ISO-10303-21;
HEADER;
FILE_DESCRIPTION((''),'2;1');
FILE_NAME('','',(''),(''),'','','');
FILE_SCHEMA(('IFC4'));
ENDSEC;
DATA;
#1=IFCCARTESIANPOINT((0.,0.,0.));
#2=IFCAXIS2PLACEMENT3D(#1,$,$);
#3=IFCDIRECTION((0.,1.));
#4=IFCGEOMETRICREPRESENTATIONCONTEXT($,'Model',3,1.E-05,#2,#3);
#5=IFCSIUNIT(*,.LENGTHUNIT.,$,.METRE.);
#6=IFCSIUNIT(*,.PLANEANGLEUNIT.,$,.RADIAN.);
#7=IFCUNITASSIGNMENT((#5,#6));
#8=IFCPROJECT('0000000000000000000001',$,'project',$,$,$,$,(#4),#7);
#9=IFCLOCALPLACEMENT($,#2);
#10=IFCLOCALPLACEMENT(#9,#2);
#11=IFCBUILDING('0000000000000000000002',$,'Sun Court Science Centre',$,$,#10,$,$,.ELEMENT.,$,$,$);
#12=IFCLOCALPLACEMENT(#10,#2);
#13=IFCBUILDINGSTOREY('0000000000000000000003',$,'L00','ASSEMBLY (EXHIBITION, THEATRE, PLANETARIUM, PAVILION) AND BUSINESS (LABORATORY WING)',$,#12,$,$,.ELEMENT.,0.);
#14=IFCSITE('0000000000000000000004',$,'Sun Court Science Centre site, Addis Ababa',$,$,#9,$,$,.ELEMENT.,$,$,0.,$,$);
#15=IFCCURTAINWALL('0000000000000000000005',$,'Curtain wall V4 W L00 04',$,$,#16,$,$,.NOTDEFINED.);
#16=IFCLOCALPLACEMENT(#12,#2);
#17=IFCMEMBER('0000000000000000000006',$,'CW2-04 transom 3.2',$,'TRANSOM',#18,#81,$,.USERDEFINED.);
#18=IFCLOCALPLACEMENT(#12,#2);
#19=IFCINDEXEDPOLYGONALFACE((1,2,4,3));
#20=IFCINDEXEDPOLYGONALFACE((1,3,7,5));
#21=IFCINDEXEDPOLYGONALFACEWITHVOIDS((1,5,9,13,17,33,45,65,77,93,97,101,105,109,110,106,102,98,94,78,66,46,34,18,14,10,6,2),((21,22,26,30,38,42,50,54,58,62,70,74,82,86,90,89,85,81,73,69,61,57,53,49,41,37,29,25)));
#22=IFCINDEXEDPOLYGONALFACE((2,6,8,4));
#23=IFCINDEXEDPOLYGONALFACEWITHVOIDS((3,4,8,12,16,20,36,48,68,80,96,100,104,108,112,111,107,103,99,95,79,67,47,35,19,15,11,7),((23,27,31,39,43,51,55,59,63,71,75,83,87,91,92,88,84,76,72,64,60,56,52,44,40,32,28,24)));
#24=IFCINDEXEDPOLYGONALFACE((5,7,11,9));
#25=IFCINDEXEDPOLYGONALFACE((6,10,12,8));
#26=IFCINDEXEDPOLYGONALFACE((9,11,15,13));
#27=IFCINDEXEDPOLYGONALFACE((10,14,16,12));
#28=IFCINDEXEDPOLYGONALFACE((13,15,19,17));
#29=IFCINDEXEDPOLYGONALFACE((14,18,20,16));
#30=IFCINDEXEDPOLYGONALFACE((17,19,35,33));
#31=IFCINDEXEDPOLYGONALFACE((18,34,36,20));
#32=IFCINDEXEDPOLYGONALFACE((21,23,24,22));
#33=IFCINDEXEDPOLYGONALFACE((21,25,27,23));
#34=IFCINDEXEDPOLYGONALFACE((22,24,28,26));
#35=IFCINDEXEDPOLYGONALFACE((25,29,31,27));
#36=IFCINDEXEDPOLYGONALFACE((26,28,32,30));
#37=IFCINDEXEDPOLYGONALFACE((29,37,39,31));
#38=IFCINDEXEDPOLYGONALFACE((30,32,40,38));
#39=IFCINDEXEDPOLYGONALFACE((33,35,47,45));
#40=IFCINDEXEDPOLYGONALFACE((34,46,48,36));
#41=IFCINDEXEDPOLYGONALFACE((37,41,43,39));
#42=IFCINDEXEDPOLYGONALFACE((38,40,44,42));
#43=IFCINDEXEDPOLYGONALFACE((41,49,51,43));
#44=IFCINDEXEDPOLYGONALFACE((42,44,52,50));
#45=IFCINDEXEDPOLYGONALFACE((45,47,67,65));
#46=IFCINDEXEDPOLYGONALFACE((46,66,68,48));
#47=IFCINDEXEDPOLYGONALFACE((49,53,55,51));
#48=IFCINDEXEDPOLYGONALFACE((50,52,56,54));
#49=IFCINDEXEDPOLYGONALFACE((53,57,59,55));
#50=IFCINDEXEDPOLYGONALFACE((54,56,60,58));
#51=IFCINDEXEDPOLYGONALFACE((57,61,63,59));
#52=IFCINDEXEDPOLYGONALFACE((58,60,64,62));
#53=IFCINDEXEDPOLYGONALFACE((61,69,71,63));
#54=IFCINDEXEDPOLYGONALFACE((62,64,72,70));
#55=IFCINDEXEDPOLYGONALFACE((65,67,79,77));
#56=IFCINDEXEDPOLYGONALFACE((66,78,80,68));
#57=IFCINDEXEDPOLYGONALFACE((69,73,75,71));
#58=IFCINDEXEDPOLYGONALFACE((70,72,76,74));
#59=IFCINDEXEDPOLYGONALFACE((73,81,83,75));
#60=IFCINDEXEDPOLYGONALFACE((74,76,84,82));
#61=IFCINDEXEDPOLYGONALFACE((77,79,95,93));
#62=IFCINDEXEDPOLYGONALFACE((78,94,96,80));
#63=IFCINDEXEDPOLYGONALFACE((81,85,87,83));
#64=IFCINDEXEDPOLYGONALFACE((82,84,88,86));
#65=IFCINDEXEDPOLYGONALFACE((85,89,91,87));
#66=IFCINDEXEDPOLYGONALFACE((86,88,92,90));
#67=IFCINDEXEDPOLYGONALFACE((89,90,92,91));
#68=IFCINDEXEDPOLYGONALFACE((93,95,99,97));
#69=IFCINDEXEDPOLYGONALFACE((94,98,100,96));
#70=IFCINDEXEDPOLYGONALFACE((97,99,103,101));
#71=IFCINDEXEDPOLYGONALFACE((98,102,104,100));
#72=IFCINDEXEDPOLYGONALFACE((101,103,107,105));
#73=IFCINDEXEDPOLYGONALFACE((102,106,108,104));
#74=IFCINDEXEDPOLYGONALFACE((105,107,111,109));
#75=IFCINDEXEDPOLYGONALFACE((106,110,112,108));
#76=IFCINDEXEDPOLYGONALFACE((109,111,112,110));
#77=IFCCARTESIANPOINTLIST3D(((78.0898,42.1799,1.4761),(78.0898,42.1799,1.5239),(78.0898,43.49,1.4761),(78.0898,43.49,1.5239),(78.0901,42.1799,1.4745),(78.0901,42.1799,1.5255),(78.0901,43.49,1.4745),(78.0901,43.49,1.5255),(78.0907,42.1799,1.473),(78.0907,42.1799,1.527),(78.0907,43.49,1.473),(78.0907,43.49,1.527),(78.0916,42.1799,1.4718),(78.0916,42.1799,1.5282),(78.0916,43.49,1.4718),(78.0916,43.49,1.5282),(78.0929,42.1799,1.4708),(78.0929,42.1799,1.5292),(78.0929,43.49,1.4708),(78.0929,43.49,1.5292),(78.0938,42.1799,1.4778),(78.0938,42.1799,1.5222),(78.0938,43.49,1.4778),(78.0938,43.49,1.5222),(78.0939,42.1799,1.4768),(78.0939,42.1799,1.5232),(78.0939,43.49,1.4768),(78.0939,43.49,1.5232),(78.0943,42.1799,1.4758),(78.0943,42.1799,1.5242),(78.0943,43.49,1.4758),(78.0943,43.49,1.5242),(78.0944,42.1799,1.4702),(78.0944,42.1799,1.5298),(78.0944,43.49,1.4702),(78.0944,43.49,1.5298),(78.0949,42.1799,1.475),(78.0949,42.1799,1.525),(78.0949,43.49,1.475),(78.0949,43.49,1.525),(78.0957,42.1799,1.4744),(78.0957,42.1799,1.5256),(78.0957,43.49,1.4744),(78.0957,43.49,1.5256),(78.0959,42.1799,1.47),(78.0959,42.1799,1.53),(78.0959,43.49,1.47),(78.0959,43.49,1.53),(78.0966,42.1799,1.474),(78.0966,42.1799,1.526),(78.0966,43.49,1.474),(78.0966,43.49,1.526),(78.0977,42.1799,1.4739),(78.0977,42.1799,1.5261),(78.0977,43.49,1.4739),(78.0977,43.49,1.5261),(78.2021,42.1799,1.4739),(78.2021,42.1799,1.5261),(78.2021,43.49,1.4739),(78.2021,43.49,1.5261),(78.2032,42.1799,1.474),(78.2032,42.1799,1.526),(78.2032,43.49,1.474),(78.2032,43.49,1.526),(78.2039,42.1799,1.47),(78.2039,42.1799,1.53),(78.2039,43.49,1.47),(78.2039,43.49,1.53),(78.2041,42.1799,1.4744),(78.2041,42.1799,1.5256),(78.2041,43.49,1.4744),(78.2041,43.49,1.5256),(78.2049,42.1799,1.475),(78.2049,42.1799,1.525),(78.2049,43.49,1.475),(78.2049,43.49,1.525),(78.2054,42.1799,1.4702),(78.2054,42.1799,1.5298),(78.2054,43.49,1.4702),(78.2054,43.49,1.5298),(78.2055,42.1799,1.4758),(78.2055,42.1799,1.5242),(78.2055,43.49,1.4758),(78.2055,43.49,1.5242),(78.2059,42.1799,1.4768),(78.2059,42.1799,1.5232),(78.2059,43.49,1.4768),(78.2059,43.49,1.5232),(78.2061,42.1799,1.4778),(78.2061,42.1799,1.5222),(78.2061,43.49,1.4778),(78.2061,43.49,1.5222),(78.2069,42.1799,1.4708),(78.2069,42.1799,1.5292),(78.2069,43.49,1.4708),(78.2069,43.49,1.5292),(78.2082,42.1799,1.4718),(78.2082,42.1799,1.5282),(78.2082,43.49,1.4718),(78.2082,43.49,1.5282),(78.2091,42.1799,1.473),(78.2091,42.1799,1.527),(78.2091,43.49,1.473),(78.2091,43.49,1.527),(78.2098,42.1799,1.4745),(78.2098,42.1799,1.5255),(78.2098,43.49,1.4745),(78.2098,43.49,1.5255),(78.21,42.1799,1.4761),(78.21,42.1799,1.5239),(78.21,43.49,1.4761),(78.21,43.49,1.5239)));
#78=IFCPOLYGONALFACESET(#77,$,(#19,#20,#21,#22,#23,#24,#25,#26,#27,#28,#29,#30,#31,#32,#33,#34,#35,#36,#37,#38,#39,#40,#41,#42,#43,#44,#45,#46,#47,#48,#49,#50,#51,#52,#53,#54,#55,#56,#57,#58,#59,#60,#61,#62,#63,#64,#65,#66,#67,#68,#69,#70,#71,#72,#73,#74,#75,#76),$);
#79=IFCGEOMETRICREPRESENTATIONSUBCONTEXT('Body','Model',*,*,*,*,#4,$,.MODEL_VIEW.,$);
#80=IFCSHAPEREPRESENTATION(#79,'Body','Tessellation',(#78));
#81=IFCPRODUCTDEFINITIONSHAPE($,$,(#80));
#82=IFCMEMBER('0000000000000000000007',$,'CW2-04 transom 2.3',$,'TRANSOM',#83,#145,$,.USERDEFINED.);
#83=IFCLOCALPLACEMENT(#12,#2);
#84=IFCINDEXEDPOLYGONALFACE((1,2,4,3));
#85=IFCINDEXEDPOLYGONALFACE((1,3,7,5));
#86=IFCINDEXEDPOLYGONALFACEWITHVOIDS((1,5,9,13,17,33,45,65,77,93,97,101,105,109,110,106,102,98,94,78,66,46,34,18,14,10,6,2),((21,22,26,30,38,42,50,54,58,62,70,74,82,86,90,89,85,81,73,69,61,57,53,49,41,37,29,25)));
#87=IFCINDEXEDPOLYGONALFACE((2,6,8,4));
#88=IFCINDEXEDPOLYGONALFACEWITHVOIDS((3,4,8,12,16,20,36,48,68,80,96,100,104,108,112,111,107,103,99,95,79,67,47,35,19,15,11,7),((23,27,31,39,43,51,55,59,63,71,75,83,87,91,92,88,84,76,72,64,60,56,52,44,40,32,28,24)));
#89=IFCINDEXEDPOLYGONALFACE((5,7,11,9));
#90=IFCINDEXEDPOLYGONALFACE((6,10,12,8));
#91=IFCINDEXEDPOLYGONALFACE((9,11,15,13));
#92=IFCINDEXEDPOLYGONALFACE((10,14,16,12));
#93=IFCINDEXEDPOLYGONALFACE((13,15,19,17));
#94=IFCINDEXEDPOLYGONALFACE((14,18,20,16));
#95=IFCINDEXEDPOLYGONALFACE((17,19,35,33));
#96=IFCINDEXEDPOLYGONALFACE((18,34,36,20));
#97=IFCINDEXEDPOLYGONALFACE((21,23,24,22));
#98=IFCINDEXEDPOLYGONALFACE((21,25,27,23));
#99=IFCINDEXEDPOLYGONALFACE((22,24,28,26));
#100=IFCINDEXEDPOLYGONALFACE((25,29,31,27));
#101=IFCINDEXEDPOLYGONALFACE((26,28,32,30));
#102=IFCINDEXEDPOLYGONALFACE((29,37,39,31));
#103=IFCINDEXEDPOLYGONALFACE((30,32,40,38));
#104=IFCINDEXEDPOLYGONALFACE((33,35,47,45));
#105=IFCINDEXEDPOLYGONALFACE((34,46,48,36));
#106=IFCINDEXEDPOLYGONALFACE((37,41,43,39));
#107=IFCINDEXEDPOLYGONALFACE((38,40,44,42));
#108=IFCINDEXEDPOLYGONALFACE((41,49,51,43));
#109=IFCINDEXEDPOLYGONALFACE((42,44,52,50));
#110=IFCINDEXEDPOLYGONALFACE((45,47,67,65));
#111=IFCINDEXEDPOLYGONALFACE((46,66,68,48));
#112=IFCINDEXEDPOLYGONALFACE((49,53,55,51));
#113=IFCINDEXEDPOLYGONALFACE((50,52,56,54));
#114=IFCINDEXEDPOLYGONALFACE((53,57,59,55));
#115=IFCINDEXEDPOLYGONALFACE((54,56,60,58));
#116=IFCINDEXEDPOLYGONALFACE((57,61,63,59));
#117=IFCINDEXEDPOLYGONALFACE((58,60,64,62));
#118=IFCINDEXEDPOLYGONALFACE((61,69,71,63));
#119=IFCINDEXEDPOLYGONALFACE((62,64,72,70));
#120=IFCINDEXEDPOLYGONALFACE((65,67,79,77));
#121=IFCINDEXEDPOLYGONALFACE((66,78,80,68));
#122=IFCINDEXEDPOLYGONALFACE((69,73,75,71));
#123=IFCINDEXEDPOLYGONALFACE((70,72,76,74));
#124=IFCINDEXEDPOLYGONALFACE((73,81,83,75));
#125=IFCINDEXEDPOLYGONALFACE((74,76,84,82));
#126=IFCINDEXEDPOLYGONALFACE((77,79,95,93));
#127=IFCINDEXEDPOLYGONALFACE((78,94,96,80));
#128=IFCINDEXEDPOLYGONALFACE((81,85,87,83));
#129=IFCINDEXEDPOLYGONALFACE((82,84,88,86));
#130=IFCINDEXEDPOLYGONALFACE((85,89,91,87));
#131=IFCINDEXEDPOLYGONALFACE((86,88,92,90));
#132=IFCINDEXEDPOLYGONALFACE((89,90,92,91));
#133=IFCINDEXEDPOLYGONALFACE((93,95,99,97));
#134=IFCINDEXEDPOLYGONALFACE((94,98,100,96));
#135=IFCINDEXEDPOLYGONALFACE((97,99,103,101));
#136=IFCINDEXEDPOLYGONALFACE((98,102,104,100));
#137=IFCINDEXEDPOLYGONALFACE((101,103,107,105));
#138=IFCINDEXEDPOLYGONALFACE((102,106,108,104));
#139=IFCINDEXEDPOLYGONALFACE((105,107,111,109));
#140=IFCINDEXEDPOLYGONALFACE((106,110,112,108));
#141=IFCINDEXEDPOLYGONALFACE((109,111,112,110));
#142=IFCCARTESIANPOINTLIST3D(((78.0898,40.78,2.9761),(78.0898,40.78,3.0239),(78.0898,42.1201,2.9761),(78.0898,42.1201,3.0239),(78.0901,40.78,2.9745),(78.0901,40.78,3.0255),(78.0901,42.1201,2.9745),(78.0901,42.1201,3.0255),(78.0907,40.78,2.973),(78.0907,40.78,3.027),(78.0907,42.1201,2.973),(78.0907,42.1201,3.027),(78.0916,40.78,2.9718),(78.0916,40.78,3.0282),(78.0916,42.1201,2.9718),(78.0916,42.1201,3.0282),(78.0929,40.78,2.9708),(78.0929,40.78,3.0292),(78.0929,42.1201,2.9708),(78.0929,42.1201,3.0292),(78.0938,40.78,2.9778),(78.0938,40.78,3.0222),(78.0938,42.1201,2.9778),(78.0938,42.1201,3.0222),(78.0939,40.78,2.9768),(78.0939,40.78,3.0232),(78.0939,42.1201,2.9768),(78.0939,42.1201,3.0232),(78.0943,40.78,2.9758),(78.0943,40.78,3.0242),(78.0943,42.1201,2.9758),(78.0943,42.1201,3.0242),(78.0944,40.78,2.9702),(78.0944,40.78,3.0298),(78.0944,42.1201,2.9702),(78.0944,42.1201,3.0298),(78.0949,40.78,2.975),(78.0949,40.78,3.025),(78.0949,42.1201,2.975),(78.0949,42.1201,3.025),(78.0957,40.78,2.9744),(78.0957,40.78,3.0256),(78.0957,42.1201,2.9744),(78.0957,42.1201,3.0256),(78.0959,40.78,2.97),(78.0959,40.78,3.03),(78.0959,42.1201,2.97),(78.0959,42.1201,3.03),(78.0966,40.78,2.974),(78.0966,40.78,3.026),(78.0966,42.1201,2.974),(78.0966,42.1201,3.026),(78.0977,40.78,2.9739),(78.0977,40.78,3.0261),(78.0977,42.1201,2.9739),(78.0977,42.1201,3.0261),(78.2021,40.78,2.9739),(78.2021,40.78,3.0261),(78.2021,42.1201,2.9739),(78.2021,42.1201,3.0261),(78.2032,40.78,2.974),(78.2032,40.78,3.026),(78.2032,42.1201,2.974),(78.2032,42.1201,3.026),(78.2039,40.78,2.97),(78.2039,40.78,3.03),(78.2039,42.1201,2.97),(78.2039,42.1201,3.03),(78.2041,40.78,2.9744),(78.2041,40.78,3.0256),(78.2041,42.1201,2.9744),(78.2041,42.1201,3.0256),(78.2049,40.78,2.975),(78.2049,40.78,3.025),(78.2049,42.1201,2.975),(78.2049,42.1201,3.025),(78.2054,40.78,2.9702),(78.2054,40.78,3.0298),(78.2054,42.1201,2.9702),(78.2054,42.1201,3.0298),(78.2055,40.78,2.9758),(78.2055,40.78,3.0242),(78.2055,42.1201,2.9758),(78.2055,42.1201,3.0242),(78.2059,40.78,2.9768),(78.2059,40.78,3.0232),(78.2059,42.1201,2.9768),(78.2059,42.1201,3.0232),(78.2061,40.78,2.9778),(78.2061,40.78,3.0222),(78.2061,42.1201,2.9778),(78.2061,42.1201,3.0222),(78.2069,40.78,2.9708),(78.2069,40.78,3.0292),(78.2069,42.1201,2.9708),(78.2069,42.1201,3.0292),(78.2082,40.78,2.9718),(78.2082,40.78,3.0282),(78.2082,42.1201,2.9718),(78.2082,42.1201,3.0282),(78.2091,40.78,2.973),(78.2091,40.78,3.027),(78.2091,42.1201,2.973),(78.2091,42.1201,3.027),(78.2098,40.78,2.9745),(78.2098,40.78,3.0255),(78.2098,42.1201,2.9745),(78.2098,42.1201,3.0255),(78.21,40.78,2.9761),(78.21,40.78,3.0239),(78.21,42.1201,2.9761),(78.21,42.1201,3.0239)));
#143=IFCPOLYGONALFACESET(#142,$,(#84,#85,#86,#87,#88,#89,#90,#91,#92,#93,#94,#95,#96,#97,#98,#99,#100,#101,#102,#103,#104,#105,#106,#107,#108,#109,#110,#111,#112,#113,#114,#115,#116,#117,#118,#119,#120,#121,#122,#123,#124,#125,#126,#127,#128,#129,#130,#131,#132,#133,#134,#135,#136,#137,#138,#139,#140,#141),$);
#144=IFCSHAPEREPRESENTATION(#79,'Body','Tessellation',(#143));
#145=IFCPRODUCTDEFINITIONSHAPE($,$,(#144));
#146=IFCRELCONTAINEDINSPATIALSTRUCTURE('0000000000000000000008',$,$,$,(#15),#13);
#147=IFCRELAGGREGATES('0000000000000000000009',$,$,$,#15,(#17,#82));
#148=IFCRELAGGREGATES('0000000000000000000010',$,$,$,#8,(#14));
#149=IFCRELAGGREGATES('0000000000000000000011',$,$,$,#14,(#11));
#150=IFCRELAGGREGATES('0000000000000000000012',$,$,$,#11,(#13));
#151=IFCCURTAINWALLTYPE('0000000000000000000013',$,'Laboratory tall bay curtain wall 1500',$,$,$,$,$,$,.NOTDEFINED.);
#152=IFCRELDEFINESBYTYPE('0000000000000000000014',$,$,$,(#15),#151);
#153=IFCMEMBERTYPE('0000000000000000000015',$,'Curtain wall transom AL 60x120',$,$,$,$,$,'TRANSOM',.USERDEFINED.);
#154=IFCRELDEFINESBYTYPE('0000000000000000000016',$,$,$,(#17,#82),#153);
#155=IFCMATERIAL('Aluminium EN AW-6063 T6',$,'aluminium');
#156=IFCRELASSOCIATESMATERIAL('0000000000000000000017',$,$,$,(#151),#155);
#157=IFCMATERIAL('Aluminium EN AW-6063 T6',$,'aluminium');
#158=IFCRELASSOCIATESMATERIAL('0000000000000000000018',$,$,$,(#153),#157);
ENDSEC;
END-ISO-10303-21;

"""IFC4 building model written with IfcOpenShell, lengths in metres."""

from ifc_helpers import new_model, si_unit, direction, frame, origin, origin_2d, place, context, subcontext, project, spatial, hollow_rectangle, extrude, material, material_profile, profile_set, type_object, element, aggregate, save


model = new_model("IFC4")

# Units and contexts
model_context = context("Model", 3, precision=1e-05, world=origin(), true_north=direction((0.0, 1.0)))
body_context = subcontext(model_context, "Body", "Model", "MODEL_VIEW")
ifc_project = project(units=[si_unit("LENGTHUNIT", "METRE"), si_unit("PLANEANGLEUNIT", "RADIAN")], contexts=[model_context])

# Site, building, storey
site_placement = place(None, origin())
site = spatial("IfcSite", under=ifc_project, at=site_placement, Name="Sun Court Science Centre site, Addis Ababa", CompositionType="ELEMENT", RefElevation=0.0)
building_placement = place(site_placement, origin())
building = spatial("IfcBuilding", under=site, at=building_placement, Name="Sun Court Science Centre", CompositionType="ELEMENT")
storey_placement = place(building_placement, origin())
storey = spatial("IfcBuildingStorey", under=building, at=storey_placement, Name="L00", Description="ASSEMBLY (EXHIBITION, THEATRE, PLANETARIUM, PAVILION) AND BUSINESS (LABORATORY WING)", CompositionType="ELEMENT", Elevation=0.0)

# Curtain wall
ifc_material_1 = material(Name="Aluminium EN AW-6063 T6", Category="aluminium")
curtain_wall_type_1 = type_object("IfcCurtainWallType", Name="Laboratory tall bay curtain wall 1500", PredefinedType="NOTDEFINED", material=ifc_material_1)
curtain_wall_1_placement = place(storey_placement, origin())
curtain_wall_1 = element("IfcCurtainWall", 1, at=curtain_wall_1_placement, inside=storey, type_object=curtain_wall_type_1, Name="Curtain wall V4 W L00 04", PredefinedType="NOTDEFINED")

# Members
ifc_material_2 = material(Name="Aluminium EN AW-6063 T6", Category="aluminium")
ifc_material_profile_1 = material_profile(ifc_material_2, hollow_rectangle(XDim=0.0601, YDim=0.1201, WallThickness=0.0039, InnerFilletRadius=0.0039, OuterFilletRadius=0.0061, at=origin_2d()), Name="AL 60x120x4")
ifc_profile_set_1 = profile_set([ifc_material_profile_1], Name="Aluminium EN AW-6063 T6")
member_type_1 = type_object("IfcMemberType", Name="Curtain wall transom AL 60x120", ElementType="TRANSOM", PredefinedType="USERDEFINED", material=ifc_profile_set_1)
member_1_placement = place(storey_placement, frame((78.1499, 42.1799, 1.5), z_axis=(0.0, 1.0, 0.0), x_axis=(0.0, 0.0, 1.0)))
member_1 = element("IfcMember", 2, at=member_1_placement, type_object=member_type_1, Name="CW2-04 transom 3.2", ObjectType="TRANSOM", PredefinedType="USERDEFINED", context=body_context, shape_type="SweptSolid", body=[
    extrude(hollow_rectangle(XDim=0.0601, YDim=0.1201, WallThickness=0.0039, InnerFilletRadius=0.0039, OuterFilletRadius=0.0061, at=origin_2d()), origin(), (0.0, 0.0, 1.0), 1.3101),
])
member_2_placement = place(storey_placement, frame((78.1499, 40.78, 3.0), z_axis=(0.0, 1.0, 0.0), x_axis=(0.0, 0.0, 1.0)))
member_2 = element("IfcMember", 3, at=member_2_placement, type_object=member_type_1, Name="CW2-04 transom 2.3", ObjectType="TRANSOM", PredefinedType="USERDEFINED", context=body_context, shape_type="SweptSolid", body=[
    extrude(hollow_rectangle(XDim=0.0601, YDim=0.1201, WallThickness=0.0039, InnerFilletRadius=0.0039, OuterFilletRadius=0.0061, at=origin_2d()), origin(), (0.0, 0.0, 1.0), 1.3401),
])

aggregate(curtain_wall_1, [member_1, member_2])

save(model, "model.ifc")
